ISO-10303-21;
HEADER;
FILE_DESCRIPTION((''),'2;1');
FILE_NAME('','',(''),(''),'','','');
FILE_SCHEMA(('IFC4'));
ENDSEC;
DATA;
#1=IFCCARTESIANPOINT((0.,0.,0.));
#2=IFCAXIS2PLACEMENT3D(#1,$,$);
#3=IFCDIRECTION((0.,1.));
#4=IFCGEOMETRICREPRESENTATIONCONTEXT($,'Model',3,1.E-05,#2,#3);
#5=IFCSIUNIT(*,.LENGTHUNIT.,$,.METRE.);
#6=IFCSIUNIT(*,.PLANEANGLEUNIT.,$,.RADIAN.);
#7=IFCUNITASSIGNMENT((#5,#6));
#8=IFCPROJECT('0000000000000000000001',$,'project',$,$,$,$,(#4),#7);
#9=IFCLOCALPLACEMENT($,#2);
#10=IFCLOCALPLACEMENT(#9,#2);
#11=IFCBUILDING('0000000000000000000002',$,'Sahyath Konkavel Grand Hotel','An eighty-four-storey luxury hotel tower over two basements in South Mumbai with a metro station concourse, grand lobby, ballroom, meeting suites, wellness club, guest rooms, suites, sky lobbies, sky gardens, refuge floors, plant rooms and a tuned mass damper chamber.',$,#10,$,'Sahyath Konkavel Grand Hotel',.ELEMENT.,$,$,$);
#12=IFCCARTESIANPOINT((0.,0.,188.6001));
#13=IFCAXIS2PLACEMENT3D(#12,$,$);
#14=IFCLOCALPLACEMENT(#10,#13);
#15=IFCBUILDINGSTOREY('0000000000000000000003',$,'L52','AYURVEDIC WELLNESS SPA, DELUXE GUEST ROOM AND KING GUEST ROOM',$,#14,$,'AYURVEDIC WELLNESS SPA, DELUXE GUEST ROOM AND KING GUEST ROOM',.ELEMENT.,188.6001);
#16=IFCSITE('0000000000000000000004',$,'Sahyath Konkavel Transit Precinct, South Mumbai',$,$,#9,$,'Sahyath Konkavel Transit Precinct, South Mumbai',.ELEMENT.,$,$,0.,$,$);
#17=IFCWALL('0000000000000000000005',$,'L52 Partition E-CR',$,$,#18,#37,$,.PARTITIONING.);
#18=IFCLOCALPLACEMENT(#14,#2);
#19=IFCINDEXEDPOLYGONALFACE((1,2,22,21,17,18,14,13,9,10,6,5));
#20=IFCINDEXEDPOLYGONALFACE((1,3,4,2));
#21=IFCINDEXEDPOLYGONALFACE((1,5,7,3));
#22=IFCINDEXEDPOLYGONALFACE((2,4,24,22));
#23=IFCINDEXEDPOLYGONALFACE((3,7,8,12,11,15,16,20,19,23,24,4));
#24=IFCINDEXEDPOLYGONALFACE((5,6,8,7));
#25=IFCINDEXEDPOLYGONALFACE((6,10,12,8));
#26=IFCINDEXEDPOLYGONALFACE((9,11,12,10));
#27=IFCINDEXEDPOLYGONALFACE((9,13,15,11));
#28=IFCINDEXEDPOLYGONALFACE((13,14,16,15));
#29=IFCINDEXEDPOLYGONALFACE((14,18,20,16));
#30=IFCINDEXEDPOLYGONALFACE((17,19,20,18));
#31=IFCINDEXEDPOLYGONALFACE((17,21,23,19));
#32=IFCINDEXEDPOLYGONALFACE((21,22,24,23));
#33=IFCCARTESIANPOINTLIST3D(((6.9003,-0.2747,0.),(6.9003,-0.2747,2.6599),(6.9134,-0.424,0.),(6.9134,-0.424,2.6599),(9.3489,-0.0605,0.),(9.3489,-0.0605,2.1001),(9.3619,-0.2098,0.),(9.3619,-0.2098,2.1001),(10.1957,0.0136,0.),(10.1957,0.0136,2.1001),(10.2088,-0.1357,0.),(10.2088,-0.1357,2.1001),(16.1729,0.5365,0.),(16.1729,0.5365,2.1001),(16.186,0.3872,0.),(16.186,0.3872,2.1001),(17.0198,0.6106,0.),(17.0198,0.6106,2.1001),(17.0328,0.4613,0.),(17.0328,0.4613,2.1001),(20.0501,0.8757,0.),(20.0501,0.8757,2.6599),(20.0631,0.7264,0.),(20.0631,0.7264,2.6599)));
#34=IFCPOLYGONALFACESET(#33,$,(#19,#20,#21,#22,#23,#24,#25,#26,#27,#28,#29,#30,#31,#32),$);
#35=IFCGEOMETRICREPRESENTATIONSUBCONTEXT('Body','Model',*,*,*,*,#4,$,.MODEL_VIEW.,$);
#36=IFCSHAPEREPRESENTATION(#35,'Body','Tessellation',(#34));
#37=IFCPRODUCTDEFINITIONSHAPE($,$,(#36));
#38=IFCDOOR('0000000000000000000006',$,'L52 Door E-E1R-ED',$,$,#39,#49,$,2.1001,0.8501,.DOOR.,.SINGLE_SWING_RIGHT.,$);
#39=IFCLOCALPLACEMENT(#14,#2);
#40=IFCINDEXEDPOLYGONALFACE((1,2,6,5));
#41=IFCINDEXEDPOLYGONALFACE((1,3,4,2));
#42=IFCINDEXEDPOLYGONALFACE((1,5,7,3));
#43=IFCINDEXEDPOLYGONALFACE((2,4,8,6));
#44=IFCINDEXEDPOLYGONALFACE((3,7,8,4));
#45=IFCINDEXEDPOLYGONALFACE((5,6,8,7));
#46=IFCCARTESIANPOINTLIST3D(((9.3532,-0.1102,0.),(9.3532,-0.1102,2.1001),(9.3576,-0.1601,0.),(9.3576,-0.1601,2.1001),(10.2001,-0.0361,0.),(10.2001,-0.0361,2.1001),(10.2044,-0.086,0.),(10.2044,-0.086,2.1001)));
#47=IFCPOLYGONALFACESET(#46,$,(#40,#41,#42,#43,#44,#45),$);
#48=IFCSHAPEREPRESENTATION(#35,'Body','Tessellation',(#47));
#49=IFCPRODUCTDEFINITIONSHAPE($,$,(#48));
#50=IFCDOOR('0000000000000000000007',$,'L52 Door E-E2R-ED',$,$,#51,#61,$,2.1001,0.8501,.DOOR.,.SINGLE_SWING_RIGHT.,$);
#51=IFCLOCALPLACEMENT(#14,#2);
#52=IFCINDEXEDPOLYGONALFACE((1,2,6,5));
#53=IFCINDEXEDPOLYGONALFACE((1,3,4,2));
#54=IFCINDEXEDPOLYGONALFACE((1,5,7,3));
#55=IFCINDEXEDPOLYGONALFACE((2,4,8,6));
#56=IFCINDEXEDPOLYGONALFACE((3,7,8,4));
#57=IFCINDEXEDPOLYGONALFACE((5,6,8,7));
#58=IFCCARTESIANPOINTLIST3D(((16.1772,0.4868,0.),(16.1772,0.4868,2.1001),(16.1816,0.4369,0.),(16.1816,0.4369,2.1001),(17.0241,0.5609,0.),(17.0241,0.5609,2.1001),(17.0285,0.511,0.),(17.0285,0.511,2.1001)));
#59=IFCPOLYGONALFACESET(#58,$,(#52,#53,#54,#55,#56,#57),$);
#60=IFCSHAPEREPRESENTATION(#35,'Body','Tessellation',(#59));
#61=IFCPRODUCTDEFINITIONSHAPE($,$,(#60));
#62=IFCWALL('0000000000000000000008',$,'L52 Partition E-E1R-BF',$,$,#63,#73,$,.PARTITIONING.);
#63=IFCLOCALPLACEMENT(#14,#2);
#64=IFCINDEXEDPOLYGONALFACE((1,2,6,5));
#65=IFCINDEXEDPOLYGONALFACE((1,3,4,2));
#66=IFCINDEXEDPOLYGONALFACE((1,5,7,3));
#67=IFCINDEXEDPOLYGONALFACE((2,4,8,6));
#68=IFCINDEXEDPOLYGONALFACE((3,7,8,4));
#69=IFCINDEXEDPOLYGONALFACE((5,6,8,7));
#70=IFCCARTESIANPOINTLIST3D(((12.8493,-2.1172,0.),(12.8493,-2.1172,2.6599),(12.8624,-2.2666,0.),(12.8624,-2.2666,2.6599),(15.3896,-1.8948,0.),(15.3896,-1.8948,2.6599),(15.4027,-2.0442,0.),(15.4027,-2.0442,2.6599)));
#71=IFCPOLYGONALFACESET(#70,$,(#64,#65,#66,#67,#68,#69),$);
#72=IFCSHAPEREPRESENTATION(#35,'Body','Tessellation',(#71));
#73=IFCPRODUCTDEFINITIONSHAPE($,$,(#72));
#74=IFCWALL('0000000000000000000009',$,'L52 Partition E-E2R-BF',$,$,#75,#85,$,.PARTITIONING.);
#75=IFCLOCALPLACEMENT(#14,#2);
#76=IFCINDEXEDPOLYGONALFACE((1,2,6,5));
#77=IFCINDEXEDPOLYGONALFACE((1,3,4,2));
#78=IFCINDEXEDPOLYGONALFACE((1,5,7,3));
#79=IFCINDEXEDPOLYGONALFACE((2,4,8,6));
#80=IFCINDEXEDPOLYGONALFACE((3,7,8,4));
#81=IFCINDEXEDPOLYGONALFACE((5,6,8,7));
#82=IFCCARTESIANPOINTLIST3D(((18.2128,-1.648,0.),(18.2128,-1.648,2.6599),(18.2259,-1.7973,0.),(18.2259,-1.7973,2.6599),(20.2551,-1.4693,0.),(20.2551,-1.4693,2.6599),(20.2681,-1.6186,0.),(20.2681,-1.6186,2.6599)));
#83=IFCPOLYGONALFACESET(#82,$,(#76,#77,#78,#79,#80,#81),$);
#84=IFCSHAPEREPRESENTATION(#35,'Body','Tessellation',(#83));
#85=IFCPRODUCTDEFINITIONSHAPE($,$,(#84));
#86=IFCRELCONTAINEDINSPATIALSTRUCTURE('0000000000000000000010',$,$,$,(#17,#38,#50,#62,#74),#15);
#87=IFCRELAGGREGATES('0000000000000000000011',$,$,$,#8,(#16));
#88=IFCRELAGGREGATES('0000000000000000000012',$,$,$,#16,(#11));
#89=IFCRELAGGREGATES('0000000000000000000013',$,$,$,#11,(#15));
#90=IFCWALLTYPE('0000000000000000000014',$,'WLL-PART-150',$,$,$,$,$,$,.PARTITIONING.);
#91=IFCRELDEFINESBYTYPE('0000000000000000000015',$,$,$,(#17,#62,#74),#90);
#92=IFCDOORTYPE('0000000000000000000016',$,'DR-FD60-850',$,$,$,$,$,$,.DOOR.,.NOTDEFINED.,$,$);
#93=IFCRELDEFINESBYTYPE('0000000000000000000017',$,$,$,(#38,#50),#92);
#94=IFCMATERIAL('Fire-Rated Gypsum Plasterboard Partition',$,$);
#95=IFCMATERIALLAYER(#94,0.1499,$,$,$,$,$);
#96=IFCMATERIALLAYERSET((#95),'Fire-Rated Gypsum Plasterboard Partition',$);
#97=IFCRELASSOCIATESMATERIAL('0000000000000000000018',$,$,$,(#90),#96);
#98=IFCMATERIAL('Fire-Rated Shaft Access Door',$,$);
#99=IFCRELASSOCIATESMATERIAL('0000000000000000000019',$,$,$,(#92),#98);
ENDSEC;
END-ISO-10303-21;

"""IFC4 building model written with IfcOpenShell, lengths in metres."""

from ifc_helpers import new_model, si_unit, direction, frame, frame_2d, origin, origin_2d, place, context, subcontext, project, spatial, rectangle, extrude, source, transform, mapped, material, layer, layer_set, type_object, element, fill, save


model = new_model("IFC4")

# Units and contexts
model_context = context("Model", 3, precision=1e-05, world=origin(), true_north=direction((0.0, 1.0)))
body_context = subcontext(model_context, "Body", "Model", "MODEL_VIEW")
ifc_project = project(units=[si_unit("LENGTHUNIT", "METRE"), si_unit("PLANEANGLEUNIT", "RADIAN")], contexts=[model_context])

# Site, building, storey
site_placement = place(None, origin())
site = spatial("IfcSite", under=ifc_project, at=site_placement, Name="Sahyath Konkavel Transit Precinct, South Mumbai", LongName="Sahyath Konkavel Transit Precinct, South Mumbai", CompositionType="ELEMENT", RefElevation=0.0)
building_placement = place(site_placement, origin())
building = spatial("IfcBuilding", under=site, at=building_placement, Name="Sahyath Konkavel Grand Hotel", Description="An eighty-four-storey luxury hotel tower over two basements in South Mumbai with a metro station concourse, grand lobby, ballroom, meeting suites, wellness club, guest rooms, suites, sky lobbies, sky gardens, refuge floors, plant rooms and a tuned mass damper chamber.", LongName="Sahyath Konkavel Grand Hotel", CompositionType="ELEMENT")
storey_placement = place(building_placement, frame((0.0, 0.0, 188.6001)))
storey = spatial("IfcBuildingStorey", under=building, at=storey_placement, Name="L52", Description="AYURVEDIC WELLNESS SPA, DELUXE GUEST ROOM AND KING GUEST ROOM", LongName="AYURVEDIC WELLNESS SPA, DELUXE GUEST ROOM AND KING GUEST ROOM", CompositionType="ELEMENT", Elevation=188.6001)

# Wall, openings, doors
ifc_material_1 = material(Name="Fire-Rated Gypsum Plasterboard Partition")
ifc_layer_1 = layer(ifc_material_1, 0.1499)
ifc_layer_set_1 = layer_set([ifc_layer_1], Name="Fire-Rated Gypsum Plasterboard Partition")
wall_type_1 = type_object("IfcWallType", Name="WLL-PART-150", PredefinedType="PARTITIONING", material=ifc_layer_set_1)
wall_1_placement = place(storey_placement, frame((6.9067, -0.3494, 0.0), z_axis=(0.0, 0.0, 1.0), x_axis=(0.996195, 0.087152, 0.0)))
wall_1 = element("IfcWall", 1, at=wall_1_placement, inside=storey, type_object=wall_type_1, Name="L52 Partition E-CR", PredefinedType="PARTITIONING", context=body_context, shape_type="SweptSolid", body=[
    extrude(rectangle(XDim=13.2, YDim=0.1499, at=frame_2d((6.6001, 0.0))), origin(), (0.0, 0.0, 1.0), 2.6599),
])
opening_1_placement = place(wall_1_placement, frame((2.458, 0.0, 0.0)))
opening_1 = element("IfcOpeningElement", 2, at=opening_1_placement, cuts=wall_1, PredefinedType="OPENING", context=body_context, shape_type="SweptSolid", body=[
    extrude(rectangle(XDim=0.8501, YDim=2.1001, at=frame_2d((0.425, 1.05))), frame((0.0, 0.085, 0.0), z_axis=(0.0, -1.0, 0.0), x_axis=(1.0, 0.0, 0.0)), (0.0, 0.0, 1.0), 0.1699),
])
opening_2_placement = place(wall_1_placement, frame((9.3081, 0.0, 0.0)))
opening_2 = element("IfcOpeningElement", 3, at=opening_2_placement, cuts=wall_1, PredefinedType="OPENING", context=body_context, shape_type="SweptSolid", body=[
    extrude(rectangle(XDim=0.8501, YDim=2.1001, at=frame_2d((0.425, 1.05))), frame((0.0, 0.085, 0.0), z_axis=(0.0, -1.0, 0.0), x_axis=(1.0, 0.0, 0.0)), (0.0, 0.0, 1.0), 0.1699),
])
ifc_material_2 = material(Name="Fire-Rated Shaft Access Door")
door_type = type_object("IfcDoorType", Name="DR-FD60-850", OperationType="NOTDEFINED", PredefinedType="DOOR", material=ifc_material_2)
shared_shape_1 = source(origin(), body_context, "Body", "SweptSolid", [
    extrude(rectangle(XDim=0.8501, YDim=0.05, at=origin_2d()), origin(), (0.0, 0.0, 1.0), 2.1001),
])
door_1_placement = place(opening_1_placement, frame((0.425, 0.0, 0.0)))
door_1 = element("IfcDoor", 4, at=door_1_placement, inside=storey, type_object=door_type, Name="L52 Door E-E1R-ED", OperationType="SINGLE_SWING_RIGHT", OverallHeight=2.1001, OverallWidth=0.8501, PredefinedType="DOOR", context=body_context, shape_type="MappedRepresentation", body=[
    mapped(shared_shape_1, transform((0.0, 0.0, 0.0), scale=1.0)),
])
fill(opening_1, door_1)
door_2_placement = place(opening_2_placement, frame((0.425, 0.0, 0.0)))
door_2 = element("IfcDoor", 5, at=door_2_placement, inside=storey, type_object=door_type, Name="L52 Door E-E2R-ED", OperationType="SINGLE_SWING_RIGHT", OverallHeight=2.1001, OverallWidth=0.8501, PredefinedType="DOOR", context=body_context, shape_type="MappedRepresentation", body=[
    mapped(shared_shape_1, transform((0.0, 0.0, 0.0), scale=1.0)),
])
fill(opening_2, door_2)

# Walls
wall_2_placement = place(storey_placement, frame((12.856, -2.1919, 0.0), z_axis=(0.0, 0.0, 1.0), x_axis=(0.996189, 0.08722, 0.0)))
element("IfcWall", 6, at=wall_2_placement, inside=storey, type_object=wall_type_1, Name="L52 Partition E-E1R-BF", PredefinedType="PARTITIONING", context=body_context, shape_type="SweptSolid", body=[
    extrude(rectangle(XDim=2.55, YDim=0.1499, at=frame_2d((1.2749, 0.0))), origin(), (0.0, 0.0, 1.0), 2.6599),
])
wall_3_placement = place(storey_placement, frame((18.2195, -1.7227, 0.0), z_axis=(0.0, 0.0, 1.0), x_axis=(0.996193, 0.087174, 0.0)))
element("IfcWall", 7, at=wall_3_placement, inside=storey, type_object=wall_type_1, Name="L52 Partition E-E2R-BF", PredefinedType="PARTITIONING", context=body_context, shape_type="SweptSolid", body=[
    extrude(rectangle(XDim=2.05, YDim=0.1499, at=frame_2d((1.0249, 0.0))), origin(), (0.0, 0.0, 1.0), 2.6599),
])

save(model, "model.ifc")
